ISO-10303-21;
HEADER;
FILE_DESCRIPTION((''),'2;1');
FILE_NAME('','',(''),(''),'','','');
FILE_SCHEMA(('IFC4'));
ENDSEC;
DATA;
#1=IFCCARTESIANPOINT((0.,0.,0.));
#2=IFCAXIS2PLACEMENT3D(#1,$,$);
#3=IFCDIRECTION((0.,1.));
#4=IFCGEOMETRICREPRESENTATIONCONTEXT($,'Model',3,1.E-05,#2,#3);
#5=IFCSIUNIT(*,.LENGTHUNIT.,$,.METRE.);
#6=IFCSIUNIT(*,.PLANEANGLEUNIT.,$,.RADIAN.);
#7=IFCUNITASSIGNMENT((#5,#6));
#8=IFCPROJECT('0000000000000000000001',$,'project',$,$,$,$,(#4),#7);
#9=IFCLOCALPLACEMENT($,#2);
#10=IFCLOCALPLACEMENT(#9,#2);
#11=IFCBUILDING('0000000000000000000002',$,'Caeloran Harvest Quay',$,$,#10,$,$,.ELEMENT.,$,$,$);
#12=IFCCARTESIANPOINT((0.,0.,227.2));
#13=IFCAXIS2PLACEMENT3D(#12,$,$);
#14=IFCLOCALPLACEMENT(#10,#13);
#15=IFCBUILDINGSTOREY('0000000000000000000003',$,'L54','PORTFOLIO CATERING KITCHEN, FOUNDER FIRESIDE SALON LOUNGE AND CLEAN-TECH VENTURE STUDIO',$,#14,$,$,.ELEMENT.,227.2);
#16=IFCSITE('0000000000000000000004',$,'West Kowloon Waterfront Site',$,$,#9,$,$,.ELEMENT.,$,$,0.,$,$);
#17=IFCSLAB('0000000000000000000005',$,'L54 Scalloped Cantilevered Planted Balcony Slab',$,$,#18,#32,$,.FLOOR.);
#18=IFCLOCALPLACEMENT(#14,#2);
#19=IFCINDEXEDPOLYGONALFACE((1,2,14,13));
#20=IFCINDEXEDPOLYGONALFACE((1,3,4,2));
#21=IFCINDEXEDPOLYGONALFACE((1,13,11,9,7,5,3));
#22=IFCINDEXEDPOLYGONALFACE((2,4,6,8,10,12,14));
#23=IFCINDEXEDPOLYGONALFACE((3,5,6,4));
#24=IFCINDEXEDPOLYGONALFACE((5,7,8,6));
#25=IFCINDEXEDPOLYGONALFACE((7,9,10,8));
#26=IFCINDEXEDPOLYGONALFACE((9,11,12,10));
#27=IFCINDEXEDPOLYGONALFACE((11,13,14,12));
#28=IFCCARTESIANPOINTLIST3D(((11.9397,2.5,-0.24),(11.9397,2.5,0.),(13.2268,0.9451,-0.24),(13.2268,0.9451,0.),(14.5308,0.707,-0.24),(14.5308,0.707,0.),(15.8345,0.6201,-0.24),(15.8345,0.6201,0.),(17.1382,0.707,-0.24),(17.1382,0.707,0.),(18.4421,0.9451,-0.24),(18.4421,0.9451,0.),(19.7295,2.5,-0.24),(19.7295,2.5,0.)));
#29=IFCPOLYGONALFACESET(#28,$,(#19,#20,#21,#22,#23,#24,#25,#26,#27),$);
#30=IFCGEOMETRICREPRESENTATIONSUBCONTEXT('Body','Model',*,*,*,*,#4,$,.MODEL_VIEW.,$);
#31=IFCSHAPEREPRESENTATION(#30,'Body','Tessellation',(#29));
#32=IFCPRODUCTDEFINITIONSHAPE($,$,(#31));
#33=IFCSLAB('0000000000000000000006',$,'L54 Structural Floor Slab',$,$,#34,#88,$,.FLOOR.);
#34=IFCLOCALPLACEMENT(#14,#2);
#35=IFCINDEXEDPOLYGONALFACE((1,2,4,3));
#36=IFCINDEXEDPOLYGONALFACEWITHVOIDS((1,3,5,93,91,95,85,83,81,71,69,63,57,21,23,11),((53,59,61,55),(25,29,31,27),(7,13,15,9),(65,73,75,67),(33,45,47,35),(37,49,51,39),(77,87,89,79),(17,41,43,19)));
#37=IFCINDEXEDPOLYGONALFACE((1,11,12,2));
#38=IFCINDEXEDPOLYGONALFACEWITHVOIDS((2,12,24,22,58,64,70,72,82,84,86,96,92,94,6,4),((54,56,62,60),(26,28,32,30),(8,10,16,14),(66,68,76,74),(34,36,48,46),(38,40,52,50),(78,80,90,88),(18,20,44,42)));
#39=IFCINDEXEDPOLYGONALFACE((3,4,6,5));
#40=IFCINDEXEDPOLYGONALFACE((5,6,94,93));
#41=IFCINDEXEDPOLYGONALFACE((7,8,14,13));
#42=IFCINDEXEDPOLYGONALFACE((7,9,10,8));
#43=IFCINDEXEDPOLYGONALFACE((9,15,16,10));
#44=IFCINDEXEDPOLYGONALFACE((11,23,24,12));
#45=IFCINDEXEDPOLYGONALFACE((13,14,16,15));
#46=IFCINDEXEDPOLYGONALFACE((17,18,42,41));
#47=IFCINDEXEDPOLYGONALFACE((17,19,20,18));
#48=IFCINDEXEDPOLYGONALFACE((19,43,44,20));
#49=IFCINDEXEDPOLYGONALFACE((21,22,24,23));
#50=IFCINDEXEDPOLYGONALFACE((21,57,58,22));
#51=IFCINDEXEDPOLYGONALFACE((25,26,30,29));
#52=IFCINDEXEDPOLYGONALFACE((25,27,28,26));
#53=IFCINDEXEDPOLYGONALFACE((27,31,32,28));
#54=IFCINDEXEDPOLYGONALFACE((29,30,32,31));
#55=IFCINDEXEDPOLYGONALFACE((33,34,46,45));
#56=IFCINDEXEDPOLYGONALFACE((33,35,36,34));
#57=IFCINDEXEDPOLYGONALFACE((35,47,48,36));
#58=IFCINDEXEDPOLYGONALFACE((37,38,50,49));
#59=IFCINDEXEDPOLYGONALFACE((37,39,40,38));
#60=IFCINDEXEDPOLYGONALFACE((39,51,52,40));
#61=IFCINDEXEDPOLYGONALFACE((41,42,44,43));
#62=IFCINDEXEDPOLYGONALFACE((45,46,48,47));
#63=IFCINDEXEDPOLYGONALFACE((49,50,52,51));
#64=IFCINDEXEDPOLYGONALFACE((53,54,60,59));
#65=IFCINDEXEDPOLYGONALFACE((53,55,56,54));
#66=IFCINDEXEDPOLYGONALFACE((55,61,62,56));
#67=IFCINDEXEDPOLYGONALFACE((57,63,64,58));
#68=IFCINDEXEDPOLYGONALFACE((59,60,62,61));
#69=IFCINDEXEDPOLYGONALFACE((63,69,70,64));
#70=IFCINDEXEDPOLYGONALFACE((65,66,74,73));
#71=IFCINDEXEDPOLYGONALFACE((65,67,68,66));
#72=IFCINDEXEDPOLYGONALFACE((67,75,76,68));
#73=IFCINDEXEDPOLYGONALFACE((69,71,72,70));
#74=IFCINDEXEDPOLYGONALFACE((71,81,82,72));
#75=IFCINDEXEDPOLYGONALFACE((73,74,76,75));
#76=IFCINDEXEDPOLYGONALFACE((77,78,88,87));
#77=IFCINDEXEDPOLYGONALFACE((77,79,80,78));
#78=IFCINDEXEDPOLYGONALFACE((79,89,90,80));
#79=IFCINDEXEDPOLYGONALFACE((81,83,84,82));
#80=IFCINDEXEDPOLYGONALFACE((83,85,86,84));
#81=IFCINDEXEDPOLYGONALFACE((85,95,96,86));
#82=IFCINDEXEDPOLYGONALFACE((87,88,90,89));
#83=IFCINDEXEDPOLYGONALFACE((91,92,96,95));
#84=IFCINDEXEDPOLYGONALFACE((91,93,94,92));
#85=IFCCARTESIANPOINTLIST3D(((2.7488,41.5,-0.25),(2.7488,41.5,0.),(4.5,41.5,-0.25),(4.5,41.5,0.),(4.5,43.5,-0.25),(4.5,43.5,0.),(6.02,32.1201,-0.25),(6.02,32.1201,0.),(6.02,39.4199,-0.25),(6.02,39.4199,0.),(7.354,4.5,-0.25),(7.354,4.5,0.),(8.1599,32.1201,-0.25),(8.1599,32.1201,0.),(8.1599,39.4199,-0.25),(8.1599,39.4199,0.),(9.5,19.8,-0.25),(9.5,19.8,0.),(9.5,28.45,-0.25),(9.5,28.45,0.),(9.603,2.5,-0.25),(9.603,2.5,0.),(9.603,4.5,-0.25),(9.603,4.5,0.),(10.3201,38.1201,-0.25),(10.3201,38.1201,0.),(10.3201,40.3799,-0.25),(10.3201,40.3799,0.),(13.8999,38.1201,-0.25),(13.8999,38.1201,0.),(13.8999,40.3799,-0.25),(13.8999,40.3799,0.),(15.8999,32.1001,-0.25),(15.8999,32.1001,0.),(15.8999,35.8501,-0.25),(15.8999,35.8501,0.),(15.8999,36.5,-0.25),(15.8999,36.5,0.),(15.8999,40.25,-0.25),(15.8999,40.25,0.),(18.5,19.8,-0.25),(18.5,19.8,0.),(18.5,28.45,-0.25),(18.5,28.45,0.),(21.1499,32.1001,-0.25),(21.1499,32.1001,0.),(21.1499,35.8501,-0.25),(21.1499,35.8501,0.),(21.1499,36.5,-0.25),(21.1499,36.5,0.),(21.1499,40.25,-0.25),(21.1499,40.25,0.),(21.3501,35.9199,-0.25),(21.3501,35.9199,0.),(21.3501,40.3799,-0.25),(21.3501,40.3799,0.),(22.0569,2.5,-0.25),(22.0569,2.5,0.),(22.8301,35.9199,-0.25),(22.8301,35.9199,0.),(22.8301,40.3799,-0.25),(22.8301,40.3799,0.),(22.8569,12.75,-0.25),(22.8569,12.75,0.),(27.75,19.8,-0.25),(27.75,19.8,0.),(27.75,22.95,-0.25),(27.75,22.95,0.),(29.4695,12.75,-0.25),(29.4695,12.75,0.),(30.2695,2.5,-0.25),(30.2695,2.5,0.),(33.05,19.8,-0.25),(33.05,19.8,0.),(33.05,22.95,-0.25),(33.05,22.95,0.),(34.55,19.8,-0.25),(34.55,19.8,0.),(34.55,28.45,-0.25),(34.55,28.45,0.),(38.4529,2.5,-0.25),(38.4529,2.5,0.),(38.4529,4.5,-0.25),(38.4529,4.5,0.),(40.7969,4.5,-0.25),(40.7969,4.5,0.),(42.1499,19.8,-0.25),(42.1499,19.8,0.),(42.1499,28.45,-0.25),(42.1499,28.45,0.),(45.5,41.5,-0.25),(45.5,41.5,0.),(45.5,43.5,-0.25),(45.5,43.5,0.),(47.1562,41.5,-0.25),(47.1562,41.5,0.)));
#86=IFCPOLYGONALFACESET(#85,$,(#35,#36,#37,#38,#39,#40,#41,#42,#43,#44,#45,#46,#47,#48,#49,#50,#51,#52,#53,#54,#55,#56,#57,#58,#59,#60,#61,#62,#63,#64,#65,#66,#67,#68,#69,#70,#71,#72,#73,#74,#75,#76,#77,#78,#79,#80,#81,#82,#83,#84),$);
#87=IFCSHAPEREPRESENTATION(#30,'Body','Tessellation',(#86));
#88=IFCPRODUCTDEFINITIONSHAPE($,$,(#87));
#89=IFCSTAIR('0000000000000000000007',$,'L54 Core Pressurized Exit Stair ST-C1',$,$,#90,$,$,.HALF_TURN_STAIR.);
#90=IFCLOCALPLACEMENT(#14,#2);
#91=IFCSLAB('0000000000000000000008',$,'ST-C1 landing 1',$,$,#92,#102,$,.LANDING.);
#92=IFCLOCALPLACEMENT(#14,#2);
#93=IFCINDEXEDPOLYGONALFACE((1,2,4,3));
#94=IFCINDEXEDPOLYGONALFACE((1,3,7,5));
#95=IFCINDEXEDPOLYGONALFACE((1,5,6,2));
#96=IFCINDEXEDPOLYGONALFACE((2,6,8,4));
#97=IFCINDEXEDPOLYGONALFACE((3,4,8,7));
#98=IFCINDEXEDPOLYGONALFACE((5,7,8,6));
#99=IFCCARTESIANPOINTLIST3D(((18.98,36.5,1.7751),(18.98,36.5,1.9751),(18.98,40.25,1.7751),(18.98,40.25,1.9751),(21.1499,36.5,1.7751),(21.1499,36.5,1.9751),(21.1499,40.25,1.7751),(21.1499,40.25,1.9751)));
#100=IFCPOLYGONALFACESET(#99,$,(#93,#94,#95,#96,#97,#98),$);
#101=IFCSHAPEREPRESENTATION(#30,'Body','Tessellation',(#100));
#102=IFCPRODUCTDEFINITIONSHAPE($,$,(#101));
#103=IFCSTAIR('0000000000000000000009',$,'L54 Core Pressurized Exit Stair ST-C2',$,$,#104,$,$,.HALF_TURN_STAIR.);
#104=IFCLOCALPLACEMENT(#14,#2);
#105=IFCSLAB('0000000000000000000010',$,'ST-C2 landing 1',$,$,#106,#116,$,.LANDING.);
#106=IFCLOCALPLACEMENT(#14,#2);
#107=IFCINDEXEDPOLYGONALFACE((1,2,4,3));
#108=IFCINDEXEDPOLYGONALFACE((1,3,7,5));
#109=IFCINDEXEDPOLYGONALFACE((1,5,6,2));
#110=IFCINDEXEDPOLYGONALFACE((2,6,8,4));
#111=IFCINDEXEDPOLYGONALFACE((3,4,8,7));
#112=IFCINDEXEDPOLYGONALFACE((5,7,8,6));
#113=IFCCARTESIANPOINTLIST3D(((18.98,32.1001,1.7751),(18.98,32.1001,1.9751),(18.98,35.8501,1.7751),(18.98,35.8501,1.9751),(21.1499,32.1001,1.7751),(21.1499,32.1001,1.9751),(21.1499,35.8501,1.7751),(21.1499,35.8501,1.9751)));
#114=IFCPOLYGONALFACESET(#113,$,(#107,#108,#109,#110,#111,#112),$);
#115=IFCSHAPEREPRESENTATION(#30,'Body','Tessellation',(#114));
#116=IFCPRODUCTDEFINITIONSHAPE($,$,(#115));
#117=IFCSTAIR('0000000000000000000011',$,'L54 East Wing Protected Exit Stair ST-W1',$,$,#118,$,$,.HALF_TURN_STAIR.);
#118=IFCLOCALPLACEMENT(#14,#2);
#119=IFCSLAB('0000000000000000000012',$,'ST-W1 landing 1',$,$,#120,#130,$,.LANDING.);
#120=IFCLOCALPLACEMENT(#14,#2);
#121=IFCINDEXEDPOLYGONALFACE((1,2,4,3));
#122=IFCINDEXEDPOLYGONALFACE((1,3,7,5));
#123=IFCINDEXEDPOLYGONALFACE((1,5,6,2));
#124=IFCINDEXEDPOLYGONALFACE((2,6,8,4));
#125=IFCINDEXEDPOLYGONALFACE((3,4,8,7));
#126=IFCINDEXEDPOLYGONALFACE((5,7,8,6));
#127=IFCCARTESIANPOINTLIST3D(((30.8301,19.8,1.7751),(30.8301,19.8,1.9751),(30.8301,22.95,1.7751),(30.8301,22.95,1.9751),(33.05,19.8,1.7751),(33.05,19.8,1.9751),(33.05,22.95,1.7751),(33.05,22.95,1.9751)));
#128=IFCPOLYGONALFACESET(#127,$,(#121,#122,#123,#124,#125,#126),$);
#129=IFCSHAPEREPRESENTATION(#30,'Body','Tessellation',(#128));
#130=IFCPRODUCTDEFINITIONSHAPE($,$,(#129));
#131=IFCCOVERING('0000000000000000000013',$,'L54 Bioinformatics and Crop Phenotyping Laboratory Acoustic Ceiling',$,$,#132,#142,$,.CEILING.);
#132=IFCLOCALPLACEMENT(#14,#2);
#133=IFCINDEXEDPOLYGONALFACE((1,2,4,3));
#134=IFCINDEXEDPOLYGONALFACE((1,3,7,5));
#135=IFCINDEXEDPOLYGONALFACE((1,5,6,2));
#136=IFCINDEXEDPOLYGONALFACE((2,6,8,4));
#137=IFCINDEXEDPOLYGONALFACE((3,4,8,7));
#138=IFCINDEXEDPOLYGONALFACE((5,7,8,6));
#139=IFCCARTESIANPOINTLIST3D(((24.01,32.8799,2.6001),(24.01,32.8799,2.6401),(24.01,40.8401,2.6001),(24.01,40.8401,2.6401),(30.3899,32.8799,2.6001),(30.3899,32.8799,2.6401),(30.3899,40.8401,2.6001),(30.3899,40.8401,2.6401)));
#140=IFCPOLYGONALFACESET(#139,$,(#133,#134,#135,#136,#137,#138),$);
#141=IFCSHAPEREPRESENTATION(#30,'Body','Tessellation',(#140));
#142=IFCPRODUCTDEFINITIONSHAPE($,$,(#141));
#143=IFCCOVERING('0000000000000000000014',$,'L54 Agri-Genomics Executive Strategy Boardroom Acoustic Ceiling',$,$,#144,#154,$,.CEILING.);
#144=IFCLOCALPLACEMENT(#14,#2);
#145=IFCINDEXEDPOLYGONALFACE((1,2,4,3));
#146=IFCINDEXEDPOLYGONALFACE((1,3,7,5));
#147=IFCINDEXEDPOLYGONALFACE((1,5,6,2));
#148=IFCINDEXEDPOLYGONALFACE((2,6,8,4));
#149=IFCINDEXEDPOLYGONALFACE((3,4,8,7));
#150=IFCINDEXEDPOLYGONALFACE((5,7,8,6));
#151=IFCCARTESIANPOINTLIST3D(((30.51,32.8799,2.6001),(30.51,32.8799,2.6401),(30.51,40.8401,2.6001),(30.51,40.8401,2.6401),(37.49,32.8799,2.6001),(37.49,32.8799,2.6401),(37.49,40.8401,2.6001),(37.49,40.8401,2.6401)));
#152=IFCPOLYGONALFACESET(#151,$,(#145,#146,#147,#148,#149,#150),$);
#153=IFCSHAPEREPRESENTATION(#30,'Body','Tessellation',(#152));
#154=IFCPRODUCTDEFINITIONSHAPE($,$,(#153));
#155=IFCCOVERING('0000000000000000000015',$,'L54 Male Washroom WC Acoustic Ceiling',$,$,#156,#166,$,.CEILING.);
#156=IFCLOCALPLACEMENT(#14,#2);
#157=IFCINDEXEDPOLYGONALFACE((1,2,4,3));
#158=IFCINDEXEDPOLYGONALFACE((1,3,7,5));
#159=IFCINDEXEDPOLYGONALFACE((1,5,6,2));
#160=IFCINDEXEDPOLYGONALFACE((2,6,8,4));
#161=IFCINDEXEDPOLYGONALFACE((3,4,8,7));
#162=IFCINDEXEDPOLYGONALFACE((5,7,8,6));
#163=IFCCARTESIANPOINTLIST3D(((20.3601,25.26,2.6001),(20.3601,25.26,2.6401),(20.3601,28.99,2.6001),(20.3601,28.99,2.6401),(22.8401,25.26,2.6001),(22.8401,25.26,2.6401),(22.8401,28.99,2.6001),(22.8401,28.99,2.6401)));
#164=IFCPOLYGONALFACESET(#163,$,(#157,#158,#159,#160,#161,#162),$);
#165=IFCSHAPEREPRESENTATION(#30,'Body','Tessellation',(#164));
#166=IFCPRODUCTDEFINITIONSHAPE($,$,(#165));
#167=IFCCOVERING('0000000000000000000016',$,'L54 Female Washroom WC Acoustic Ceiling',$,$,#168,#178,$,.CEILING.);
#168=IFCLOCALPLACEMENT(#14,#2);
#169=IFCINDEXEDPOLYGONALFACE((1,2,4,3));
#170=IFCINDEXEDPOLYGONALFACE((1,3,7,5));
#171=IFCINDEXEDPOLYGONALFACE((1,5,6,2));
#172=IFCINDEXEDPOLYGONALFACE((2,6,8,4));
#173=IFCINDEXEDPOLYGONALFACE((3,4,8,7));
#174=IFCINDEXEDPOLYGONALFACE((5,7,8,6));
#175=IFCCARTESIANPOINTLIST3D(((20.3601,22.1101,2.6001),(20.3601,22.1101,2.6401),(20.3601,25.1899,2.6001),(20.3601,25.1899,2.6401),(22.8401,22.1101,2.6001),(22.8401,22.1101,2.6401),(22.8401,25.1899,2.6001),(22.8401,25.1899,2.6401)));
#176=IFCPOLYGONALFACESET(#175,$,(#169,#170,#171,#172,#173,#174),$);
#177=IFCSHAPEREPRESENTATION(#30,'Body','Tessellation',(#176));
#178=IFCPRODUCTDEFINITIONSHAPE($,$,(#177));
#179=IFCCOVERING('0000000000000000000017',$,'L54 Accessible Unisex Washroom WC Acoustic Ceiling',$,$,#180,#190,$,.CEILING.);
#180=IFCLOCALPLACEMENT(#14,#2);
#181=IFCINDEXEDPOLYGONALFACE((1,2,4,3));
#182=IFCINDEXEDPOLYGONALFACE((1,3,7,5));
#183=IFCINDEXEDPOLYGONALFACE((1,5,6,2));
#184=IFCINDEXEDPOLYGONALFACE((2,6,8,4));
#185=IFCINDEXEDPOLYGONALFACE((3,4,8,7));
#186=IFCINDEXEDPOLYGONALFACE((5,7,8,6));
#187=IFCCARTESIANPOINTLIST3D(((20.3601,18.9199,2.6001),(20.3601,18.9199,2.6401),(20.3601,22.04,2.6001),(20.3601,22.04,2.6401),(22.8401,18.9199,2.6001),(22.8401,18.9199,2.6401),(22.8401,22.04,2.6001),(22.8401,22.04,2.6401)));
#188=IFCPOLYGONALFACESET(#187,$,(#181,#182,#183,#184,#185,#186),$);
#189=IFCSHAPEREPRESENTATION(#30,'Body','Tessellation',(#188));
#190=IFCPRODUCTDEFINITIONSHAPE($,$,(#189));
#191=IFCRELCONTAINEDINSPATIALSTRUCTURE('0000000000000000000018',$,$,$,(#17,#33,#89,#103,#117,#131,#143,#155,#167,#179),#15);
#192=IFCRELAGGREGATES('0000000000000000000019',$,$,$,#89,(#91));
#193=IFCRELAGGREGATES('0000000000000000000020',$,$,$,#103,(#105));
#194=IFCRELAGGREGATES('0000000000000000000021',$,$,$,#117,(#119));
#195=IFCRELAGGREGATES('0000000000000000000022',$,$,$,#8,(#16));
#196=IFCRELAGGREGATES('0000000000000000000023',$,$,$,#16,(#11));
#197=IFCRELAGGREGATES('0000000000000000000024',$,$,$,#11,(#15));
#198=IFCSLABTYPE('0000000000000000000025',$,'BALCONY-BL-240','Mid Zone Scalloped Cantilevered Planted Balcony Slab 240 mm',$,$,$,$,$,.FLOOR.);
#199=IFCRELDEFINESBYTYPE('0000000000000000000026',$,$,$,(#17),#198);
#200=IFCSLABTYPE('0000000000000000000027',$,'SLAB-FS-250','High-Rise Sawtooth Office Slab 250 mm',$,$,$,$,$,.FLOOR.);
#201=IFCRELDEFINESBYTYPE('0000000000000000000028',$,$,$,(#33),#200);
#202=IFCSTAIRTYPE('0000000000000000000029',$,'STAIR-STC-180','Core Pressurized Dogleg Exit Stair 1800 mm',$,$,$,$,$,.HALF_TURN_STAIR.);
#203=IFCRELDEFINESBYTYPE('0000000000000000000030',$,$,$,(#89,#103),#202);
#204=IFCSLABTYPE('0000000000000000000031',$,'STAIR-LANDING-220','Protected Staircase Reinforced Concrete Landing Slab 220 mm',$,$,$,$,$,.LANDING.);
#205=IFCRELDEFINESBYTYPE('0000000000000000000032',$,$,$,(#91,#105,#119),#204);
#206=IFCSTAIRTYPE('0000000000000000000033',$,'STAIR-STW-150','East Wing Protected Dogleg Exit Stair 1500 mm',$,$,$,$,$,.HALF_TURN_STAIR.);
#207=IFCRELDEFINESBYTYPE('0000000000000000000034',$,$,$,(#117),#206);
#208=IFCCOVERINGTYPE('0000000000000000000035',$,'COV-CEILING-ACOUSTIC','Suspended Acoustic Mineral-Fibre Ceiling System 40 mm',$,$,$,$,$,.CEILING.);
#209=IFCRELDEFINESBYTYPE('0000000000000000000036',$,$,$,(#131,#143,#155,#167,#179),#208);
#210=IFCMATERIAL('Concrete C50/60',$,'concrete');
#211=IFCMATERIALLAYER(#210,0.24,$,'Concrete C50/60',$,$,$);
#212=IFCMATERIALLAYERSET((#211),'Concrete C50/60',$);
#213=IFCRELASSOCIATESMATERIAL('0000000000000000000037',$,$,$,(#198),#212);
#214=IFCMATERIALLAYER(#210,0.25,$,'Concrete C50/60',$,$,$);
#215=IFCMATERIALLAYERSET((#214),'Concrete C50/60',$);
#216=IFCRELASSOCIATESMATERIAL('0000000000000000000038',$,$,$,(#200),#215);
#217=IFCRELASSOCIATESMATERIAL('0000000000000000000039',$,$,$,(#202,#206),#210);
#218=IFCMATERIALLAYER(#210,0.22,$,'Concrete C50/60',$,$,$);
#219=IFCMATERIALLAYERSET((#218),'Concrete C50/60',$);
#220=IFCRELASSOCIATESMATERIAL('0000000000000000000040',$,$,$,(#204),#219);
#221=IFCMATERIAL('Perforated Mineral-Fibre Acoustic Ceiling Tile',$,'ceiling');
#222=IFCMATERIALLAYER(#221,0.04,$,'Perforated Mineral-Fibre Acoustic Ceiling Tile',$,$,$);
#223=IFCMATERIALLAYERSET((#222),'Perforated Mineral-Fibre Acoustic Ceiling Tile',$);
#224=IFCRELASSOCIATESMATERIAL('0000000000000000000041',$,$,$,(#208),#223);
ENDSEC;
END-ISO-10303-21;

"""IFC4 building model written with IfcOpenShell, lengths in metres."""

from ifc_helpers import new_model, si_unit, direction, frame, origin, place, context, subcontext, project, spatial, polyline, outline, extrude, material, layer, layer_set, type_object, element, aggregate, save


model = new_model("IFC4")

# Units and contexts
model_context = context("Model", 3, precision=1e-05, world=origin(), true_north=direction((0.0, 1.0)))
body_context = subcontext(model_context, "Body", "Model", "MODEL_VIEW")
ifc_project = project(units=[si_unit("LENGTHUNIT", "METRE"), si_unit("PLANEANGLEUNIT", "RADIAN")], contexts=[model_context])

# Site, building, storey
site_placement = place(None, origin())
site = spatial("IfcSite", under=ifc_project, at=site_placement, Name="West Kowloon Waterfront Site", CompositionType="ELEMENT", RefElevation=0.0)
building_placement = place(site_placement, origin())
building = spatial("IfcBuilding", under=site, at=building_placement, Name="Caeloran Harvest Quay", CompositionType="ELEMENT")
storey_placement = place(building_placement, frame((0.0, 0.0, 227.2)))
storey = spatial("IfcBuildingStorey", under=building, at=storey_placement, Name="L54", Description="PORTFOLIO CATERING KITCHEN, FOUNDER FIRESIDE SALON LOUNGE AND CLEAN-TECH VENTURE STUDIO", CompositionType="ELEMENT", Elevation=227.2)

# Slabs
ifc_material_1 = material(Name="Concrete C50/60", Category="concrete")
ifc_layer_1 = layer(ifc_material_1, 0.24, Name="Concrete C50/60")
ifc_layer_set_1 = layer_set([ifc_layer_1], Name="Concrete C50/60")
slab_type_1 = type_object("IfcSlabType", Name="BALCONY-BL-240", Description="Mid Zone Scalloped Cantilevered Planted Balcony Slab 240 mm", PredefinedType="FLOOR", material=ifc_layer_set_1)
slab_1_placement = place(storey_placement, frame((0.0, 0.0, -0.24)))
element("IfcSlab", 1, at=slab_1_placement, inside=storey, type_object=slab_type_1, Name="L54 Scalloped Cantilevered Planted Balcony Slab", PredefinedType="FLOOR", context=body_context, shape_type="SweptSolid", body=[
    extrude(outline(polyline([(18.4421, 0.9451), (17.1382, 0.707), (15.8345, 0.6201), (14.5308, 0.707), (13.2268, 0.9451), (11.9397, 2.5), (19.7295, 2.5), (18.4421, 0.9451)])), origin(), (0.0, 0.0, 1.0), 0.24),
])
ifc_layer_2 = layer(ifc_material_1, 0.25, Name="Concrete C50/60")
ifc_layer_set_2 = layer_set([ifc_layer_2], Name="Concrete C50/60")
slab_type_2 = type_object("IfcSlabType", Name="SLAB-FS-250", Description="High-Rise Sawtooth Office Slab 250 mm", PredefinedType="FLOOR", material=ifc_layer_set_2)
slab_2_placement = place(storey_placement, frame((0.0, 0.0, -0.25)))
element("IfcSlab", 2, at=slab_2_placement, inside=storey, type_object=slab_type_2, Name="L54 Structural Floor Slab", PredefinedType="FLOOR", context=body_context, shape_type="SweptSolid", body=[
    extrude(outline(polyline([(9.603, 2.5), (22.0569, 2.5), (22.8569, 12.75), (29.4695, 12.75), (30.2695, 2.5), (38.4529, 2.5), (38.4529, 4.5), (40.7969, 4.5), (47.1562, 41.5), (45.5, 41.5), (45.5, 43.5), (4.5, 43.5), (4.5, 41.5), (2.7488, 41.5), (7.354, 4.5), (9.603, 4.5), (9.603, 2.5)]), holes=[polyline([(27.75, 19.8), (27.75, 22.95), (33.05, 22.95), (33.05, 19.8), (27.75, 19.8)]), polyline([(18.5, 19.8), (9.5, 19.8), (9.5, 28.45), (18.5, 28.45), (18.5, 19.8)]), polyline([(42.1499, 19.8), (34.55, 19.8), (34.55, 28.45), (42.1499, 28.45), (42.1499, 19.8)]), polyline([(15.8999, 32.1001), (15.8999, 35.8501), (21.1499, 35.8501), (21.1499, 32.1001), (15.8999, 32.1001)]), polyline([(8.1599, 32.1201), (6.02, 32.1201), (6.02, 39.4199), (8.1599, 39.4199), (8.1599, 32.1201)]), polyline([(22.8301, 35.9199), (21.3501, 35.9199), (21.3501, 40.3799), (22.8301, 40.3799), (22.8301, 35.9199)]), polyline([(15.8999, 36.5), (15.8999, 40.25), (21.1499, 40.25), (21.1499, 36.5), (15.8999, 36.5)]), polyline([(13.8999, 38.1201), (10.3201, 38.1201), (10.3201, 40.3799), (13.8999, 40.3799), (13.8999, 38.1201)])]), origin(), (0.0, 0.0, 1.0), 0.25),
])

# Stairs, slabs
stair_type_1 = type_object("IfcStairType", Name="STAIR-STC-180", Description="Core Pressurized Dogleg Exit Stair 1800 mm", PredefinedType="HALF_TURN_STAIR", material=ifc_material_1)
stair_1_placement = place(storey_placement, origin())
stair_1 = element("IfcStair", 3, at=stair_1_placement, inside=storey, type_object=stair_type_1, Name="L54 Core Pressurized Exit Stair ST-C1", PredefinedType="HALF_TURN_STAIR")
ifc_layer_3 = layer(ifc_material_1, 0.22, Name="Concrete C50/60")
ifc_layer_set_3 = layer_set([ifc_layer_3], Name="Concrete C50/60")
slab_type_3 = type_object("IfcSlabType", Name="STAIR-LANDING-220", Description="Protected Staircase Reinforced Concrete Landing Slab 220 mm", PredefinedType="LANDING", material=ifc_layer_set_3)
slab_3_placement = place(storey_placement, frame((0.0, 0.0, 1.7751)))
slab_3 = element("IfcSlab", 4, at=slab_3_placement, type_object=slab_type_3, Name="ST-C1 landing 1", PredefinedType="LANDING", context=body_context, shape_type="SweptSolid", body=[
    extrude(outline(polyline([(18.98, 36.5), (21.1499, 36.5), (21.1499, 40.25), (18.98, 40.25), (18.98, 36.5)])), origin(), (0.0, 0.0, 1.0), 0.2),
])
aggregate(stair_1, [slab_3])
stair_2_placement = place(storey_placement, origin())
stair_2 = element("IfcStair", 5, at=stair_2_placement, inside=storey, type_object=stair_type_1, Name="L54 Core Pressurized Exit Stair ST-C2", PredefinedType="HALF_TURN_STAIR")
slab_4_placement = place(storey_placement, frame((0.0, 0.0, 1.7751)))
slab_4 = element("IfcSlab", 6, at=slab_4_placement, type_object=slab_type_3, Name="ST-C2 landing 1", PredefinedType="LANDING", context=body_context, shape_type="SweptSolid", body=[
    extrude(outline(polyline([(18.98, 32.1001), (21.1499, 32.1001), (21.1499, 35.8501), (18.98, 35.8501), (18.98, 32.1001)])), origin(), (0.0, 0.0, 1.0), 0.2),
])
aggregate(stair_2, [slab_4])
stair_type_2 = type_object("IfcStairType", Name="STAIR-STW-150", Description="East Wing Protected Dogleg Exit Stair 1500 mm", PredefinedType="HALF_TURN_STAIR", material=ifc_material_1)
stair_3_placement = place(storey_placement, origin())
stair_3 = element("IfcStair", 7, at=stair_3_placement, inside=storey, type_object=stair_type_2, Name="L54 East Wing Protected Exit Stair ST-W1", PredefinedType="HALF_TURN_STAIR")
slab_5_placement = place(storey_placement, frame((0.0, 0.0, 1.7751)))
slab_5 = element("IfcSlab", 8, at=slab_5_placement, type_object=slab_type_3, Name="ST-W1 landing 1", PredefinedType="LANDING", context=body_context, shape_type="SweptSolid", body=[
    extrude(outline(polyline([(30.8301, 19.8), (33.05, 19.8), (33.05, 22.95), (30.8301, 22.95), (30.8301, 19.8)])), origin(), (0.0, 0.0, 1.0), 0.2),
])
aggregate(stair_3, [slab_5])

# Coverings
ifc_material_2 = material(Name="Perforated Mineral-Fibre Acoustic Ceiling Tile", Category="ceiling")
ifc_layer_4 = layer(ifc_material_2, 0.04, Name="Perforated Mineral-Fibre Acoustic Ceiling Tile")
ifc_layer_set_4 = layer_set([ifc_layer_4], Name="Perforated Mineral-Fibre Acoustic Ceiling Tile")
covering_type_1 = type_object("IfcCoveringType", Name="COV-CEILING-ACOUSTIC", Description="Suspended Acoustic Mineral-Fibre Ceiling System 40 mm", PredefinedType="CEILING", material=ifc_layer_set_4)
covering_1_placement = place(storey_placement, frame((0.0, 0.0, 2.6001)))
element("IfcCovering", 9, at=covering_1_placement, inside=storey, type_object=covering_type_1, Name="L54 Bioinformatics and Crop Phenotyping Laboratory Acoustic Ceiling", PredefinedType="CEILING", context=body_context, shape_type="SweptSolid", body=[
    extrude(outline(polyline([(30.3899, 40.8401), (30.3899, 32.8799), (24.01, 32.8799), (24.01, 40.8401), (30.3899, 40.8401)])), origin(), (0.0, 0.0, 1.0), 0.04),
])
covering_2_placement = place(storey_placement, frame((0.0, 0.0, 2.6001)))
element("IfcCovering", 10, at=covering_2_placement, inside=storey, type_object=covering_type_1, Name="L54 Agri-Genomics Executive Strategy Boardroom Acoustic Ceiling", PredefinedType="CEILING", context=body_context, shape_type="SweptSolid", body=[
    extrude(outline(polyline([(37.49, 40.8401), (37.49, 32.8799), (30.51, 32.8799), (30.51, 40.8401), (37.49, 40.8401)])), origin(), (0.0, 0.0, 1.0), 0.04),
])
covering_3_placement = place(storey_placement, frame((0.0, 0.0, 2.6001)))
element("IfcCovering", 11, at=covering_3_placement, inside=storey, type_object=covering_type_1, Name="L54 Male Washroom WC Acoustic Ceiling", PredefinedType="CEILING", context=body_context, shape_type="SweptSolid", body=[
    extrude(outline(polyline([(22.8401, 28.99), (22.8401, 25.26), (20.3601, 25.26), (20.3601, 28.99), (22.8401, 28.99)])), origin(), (0.0, 0.0, 1.0), 0.04),
])
covering_4_placement = place(storey_placement, frame((0.0, 0.0, 2.6001)))
element("IfcCovering", 12, at=covering_4_placement, inside=storey, type_object=covering_type_1, Name="L54 Female Washroom WC Acoustic Ceiling", PredefinedType="CEILING", context=body_context, shape_type="SweptSolid", body=[
    extrude(outline(polyline([(22.8401, 25.1899), (22.8401, 22.1101), (20.3601, 22.1101), (20.3601, 25.1899), (22.8401, 25.1899)])), origin(), (0.0, 0.0, 1.0), 0.04),
])
covering_5_placement = place(storey_placement, frame((0.0, 0.0, 2.6001)))
element("IfcCovering", 13, at=covering_5_placement, inside=storey, type_object=covering_type_1, Name="L54 Accessible Unisex Washroom WC Acoustic Ceiling", PredefinedType="CEILING", context=body_context, shape_type="SweptSolid", body=[
    extrude(outline(polyline([(22.8401, 22.04), (22.8401, 18.9199), (20.3601, 18.9199), (20.3601, 22.04), (22.8401, 22.04)])), origin(), (0.0, 0.0, 1.0), 0.04),
])

save(model, "model.ifc")
